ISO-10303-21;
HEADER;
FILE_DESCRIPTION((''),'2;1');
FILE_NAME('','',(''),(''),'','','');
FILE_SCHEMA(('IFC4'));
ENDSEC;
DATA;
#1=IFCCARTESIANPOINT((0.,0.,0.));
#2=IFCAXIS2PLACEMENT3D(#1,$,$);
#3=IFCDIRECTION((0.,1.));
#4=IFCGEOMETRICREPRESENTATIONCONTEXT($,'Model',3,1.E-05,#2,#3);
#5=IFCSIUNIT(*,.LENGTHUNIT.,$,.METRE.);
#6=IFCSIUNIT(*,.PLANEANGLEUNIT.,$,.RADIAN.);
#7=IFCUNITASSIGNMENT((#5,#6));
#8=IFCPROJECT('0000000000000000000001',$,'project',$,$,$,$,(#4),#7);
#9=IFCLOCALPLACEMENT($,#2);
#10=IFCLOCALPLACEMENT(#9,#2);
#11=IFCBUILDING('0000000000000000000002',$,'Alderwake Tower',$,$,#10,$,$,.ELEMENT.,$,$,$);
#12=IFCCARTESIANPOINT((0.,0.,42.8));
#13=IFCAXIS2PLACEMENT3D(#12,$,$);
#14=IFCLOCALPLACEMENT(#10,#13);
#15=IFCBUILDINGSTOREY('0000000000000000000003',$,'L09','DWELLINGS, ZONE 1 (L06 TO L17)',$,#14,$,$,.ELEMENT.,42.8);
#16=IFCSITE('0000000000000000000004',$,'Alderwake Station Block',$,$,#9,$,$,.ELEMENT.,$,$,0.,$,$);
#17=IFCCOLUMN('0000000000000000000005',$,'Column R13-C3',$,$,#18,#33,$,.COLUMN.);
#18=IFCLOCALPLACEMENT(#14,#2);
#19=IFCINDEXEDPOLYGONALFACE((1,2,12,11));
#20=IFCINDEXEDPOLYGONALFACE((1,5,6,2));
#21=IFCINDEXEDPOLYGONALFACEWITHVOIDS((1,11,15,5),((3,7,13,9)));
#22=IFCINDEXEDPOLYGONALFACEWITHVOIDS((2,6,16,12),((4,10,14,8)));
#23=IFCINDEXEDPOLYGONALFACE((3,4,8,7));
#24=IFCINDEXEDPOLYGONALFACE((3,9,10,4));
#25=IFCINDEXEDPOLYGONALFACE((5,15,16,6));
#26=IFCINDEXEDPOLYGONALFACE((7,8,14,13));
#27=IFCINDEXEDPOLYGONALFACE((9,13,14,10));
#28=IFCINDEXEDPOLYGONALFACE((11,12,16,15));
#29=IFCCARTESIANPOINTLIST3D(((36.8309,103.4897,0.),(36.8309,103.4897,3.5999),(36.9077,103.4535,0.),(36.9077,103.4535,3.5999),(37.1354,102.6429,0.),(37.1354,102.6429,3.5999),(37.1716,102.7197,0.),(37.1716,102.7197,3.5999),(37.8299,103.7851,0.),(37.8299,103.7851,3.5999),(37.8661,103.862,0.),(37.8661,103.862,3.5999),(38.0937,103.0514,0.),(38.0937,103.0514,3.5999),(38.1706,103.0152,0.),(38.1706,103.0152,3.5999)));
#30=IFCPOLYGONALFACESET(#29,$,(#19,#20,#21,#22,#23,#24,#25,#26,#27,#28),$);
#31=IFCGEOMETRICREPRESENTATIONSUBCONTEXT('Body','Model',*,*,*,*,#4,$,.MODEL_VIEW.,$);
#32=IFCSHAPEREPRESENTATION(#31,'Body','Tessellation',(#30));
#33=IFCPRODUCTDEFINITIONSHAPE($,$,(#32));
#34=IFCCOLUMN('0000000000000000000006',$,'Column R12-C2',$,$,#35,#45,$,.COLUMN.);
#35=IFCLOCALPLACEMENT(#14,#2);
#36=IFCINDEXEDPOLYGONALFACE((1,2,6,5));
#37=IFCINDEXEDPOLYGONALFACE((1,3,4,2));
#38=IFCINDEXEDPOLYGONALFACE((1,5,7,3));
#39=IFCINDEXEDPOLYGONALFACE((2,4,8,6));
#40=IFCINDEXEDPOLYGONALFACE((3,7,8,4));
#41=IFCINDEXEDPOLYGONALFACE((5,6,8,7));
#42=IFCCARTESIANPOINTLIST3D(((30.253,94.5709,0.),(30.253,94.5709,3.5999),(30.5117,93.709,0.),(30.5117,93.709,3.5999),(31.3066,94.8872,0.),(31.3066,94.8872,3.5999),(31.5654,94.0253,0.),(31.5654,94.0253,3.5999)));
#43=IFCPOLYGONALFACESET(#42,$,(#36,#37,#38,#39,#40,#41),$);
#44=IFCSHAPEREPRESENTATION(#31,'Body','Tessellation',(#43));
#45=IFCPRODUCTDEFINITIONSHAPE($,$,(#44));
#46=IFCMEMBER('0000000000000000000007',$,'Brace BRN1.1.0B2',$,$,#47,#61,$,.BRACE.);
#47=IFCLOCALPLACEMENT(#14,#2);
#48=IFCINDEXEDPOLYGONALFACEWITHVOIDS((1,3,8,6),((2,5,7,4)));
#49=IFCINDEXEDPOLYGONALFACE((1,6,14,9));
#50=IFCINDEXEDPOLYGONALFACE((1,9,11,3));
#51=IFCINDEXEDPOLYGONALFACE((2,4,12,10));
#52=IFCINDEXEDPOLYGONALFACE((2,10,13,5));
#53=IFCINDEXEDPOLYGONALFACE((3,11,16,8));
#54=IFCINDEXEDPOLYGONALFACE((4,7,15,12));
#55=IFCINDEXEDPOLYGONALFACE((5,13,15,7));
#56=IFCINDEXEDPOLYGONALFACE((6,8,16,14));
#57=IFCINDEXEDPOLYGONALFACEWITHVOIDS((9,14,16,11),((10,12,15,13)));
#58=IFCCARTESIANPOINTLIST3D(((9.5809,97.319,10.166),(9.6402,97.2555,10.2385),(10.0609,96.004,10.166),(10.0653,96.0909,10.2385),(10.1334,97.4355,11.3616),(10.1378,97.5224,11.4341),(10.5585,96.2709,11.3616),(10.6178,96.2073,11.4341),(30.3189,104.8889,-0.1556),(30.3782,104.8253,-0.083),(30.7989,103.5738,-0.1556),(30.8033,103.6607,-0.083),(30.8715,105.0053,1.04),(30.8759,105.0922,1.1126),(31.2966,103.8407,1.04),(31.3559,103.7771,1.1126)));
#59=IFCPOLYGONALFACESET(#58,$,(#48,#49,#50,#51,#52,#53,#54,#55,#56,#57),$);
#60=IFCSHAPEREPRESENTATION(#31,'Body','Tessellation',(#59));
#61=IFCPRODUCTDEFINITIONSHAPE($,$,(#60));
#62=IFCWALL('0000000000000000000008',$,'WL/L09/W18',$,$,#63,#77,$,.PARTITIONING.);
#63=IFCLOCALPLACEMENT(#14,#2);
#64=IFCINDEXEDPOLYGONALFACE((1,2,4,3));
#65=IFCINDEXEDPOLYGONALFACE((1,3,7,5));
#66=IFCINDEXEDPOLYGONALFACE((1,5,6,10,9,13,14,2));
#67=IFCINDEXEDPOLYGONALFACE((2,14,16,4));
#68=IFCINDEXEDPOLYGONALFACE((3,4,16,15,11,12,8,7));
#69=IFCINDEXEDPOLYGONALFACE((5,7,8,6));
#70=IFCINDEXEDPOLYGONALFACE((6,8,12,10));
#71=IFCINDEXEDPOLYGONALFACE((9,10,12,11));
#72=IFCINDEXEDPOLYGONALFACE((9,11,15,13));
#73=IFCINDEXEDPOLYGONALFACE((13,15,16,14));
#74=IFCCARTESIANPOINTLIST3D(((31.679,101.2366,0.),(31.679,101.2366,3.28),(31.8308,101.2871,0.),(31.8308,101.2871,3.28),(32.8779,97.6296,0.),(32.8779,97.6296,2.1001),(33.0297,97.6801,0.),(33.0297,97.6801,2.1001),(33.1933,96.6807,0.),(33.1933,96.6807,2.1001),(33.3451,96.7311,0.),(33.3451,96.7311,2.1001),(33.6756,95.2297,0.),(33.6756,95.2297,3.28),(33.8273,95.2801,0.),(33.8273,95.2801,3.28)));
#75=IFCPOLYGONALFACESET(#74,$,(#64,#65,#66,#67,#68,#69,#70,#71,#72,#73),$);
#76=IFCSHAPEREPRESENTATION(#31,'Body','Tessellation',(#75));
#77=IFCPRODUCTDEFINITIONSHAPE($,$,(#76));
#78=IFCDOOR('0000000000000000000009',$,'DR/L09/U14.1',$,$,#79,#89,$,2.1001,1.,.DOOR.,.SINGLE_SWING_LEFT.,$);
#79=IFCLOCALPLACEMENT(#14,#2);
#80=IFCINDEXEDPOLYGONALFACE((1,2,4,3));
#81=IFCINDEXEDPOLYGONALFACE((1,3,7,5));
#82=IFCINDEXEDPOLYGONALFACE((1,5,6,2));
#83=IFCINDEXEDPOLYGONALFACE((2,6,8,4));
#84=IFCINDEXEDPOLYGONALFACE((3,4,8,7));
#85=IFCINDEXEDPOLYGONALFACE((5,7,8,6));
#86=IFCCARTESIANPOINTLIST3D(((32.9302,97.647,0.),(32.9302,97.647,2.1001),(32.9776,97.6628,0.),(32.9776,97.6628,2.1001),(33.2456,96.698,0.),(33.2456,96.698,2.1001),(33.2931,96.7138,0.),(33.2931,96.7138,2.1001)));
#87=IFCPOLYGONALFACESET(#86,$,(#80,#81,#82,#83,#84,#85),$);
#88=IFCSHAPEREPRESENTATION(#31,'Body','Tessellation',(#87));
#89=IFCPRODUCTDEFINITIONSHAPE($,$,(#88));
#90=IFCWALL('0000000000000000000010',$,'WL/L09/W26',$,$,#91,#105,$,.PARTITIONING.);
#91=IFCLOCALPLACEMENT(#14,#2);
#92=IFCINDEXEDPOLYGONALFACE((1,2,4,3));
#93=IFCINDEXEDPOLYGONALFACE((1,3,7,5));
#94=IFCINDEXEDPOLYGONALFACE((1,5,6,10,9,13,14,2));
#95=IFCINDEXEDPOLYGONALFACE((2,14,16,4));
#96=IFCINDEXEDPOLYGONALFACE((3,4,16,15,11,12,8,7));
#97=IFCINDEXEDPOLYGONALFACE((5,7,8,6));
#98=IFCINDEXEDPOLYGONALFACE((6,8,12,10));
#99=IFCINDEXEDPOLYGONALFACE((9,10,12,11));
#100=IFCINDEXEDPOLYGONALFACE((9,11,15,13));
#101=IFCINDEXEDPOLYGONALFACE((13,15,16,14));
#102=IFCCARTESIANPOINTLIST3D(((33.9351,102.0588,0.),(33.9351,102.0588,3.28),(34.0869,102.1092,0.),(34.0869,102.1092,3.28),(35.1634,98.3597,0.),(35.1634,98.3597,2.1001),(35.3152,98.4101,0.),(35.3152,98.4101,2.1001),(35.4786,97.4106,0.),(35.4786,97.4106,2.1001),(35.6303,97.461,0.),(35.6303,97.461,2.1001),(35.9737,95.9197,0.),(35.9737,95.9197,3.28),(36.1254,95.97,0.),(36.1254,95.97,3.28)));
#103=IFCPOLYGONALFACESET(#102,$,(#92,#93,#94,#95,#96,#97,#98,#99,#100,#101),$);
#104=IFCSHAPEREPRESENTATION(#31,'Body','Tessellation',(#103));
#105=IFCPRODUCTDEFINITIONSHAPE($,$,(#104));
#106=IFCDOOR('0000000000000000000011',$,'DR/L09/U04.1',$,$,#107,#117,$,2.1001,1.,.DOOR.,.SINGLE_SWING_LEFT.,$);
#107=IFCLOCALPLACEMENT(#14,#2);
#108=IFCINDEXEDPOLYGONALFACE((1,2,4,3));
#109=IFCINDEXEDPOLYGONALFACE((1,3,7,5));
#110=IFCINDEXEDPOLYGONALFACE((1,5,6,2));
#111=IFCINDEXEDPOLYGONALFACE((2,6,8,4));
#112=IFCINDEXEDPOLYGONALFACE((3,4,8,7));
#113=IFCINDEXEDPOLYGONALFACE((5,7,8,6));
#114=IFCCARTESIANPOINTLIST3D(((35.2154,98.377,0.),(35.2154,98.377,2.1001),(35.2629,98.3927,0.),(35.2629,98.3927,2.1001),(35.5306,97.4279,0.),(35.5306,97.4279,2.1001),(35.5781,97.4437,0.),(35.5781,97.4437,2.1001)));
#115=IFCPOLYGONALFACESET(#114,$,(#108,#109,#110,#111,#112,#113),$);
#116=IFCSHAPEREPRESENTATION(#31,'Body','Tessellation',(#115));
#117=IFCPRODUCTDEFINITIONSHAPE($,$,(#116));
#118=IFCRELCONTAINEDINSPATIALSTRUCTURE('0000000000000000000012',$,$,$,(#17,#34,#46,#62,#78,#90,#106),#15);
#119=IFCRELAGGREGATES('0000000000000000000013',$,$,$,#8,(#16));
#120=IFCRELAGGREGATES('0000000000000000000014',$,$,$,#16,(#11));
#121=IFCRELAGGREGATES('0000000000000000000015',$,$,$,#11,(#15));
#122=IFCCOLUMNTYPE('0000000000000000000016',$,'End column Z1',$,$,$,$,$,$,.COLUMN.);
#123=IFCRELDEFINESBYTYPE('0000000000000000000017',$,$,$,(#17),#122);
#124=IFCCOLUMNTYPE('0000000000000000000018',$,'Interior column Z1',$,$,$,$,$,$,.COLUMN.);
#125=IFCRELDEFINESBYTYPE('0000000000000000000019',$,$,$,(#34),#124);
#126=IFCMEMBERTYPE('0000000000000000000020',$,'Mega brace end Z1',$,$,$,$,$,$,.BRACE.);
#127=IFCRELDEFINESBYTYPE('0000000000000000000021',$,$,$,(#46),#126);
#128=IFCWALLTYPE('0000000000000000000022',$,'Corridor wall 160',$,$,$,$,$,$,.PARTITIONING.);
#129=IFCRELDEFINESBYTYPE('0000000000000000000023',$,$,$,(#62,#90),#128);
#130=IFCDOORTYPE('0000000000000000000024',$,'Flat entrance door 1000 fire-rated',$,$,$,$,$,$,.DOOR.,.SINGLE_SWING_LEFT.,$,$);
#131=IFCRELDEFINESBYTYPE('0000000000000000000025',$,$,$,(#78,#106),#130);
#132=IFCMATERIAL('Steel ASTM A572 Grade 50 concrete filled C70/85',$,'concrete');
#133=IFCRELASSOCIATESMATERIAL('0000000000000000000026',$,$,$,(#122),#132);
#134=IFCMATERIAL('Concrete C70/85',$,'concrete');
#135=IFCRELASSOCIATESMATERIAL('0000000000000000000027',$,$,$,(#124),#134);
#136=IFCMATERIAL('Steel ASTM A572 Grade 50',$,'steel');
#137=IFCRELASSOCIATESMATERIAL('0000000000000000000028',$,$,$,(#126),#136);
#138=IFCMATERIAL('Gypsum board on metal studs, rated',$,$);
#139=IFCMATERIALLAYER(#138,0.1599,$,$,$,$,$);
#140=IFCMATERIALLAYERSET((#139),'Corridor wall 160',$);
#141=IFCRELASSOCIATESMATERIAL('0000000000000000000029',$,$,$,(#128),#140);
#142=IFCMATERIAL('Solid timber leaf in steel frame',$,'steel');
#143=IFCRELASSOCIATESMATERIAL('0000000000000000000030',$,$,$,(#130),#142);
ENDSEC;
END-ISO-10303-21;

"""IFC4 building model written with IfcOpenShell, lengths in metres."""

from ifc_helpers import new_model, si_unit, direction, frame, frame_2d, origin, origin_2d, place, context, subcontext, project, spatial, rectangle, hollow_rectangle, extrude, material, layer, layer_set, material_profile, profile_set, type_object, element, fill, save


model = new_model("IFC4")

# Units and contexts
model_context = context("Model", 3, precision=1e-05, world=origin(), true_north=direction((0.0, 1.0)))
body_context = subcontext(model_context, "Body", "Model", "MODEL_VIEW")
ifc_project = project(units=[si_unit("LENGTHUNIT", "METRE"), si_unit("PLANEANGLEUNIT", "RADIAN")], contexts=[model_context])

# Site, building, storey
site_placement = place(None, origin())
site = spatial("IfcSite", under=ifc_project, at=site_placement, Name="Alderwake Station Block", CompositionType="ELEMENT", RefElevation=0.0)
building_placement = place(site_placement, origin())
building = spatial("IfcBuilding", under=site, at=building_placement, Name="Alderwake Tower", CompositionType="ELEMENT")
storey_placement = place(building_placement, frame((0.0, 0.0, 42.8)))
storey = spatial("IfcBuildingStorey", under=building, at=storey_placement, Name="L09", Description="DWELLINGS, ZONE 1 (L06 TO L17)", CompositionType="ELEMENT", Elevation=42.8)

# Columns
ifc_material_1 = material(Name="Steel ASTM A572 Grade 50 concrete filled C70/85", Category="concrete")
ifc_material_profile_1 = material_profile(ifc_material_1, hollow_rectangle(XDim=0.8999, YDim=1.1001, WallThickness=0.0601, at=origin_2d()), Name="BOX 1100X900X60")
ifc_profile_set_1 = profile_set([ifc_material_profile_1], Name="Steel ASTM A572 Grade 50 concrete filled C70/85")
column_type_1 = type_object("IfcColumnType", Name="End column Z1", PredefinedType="COLUMN", material=ifc_profile_set_1)
column_1_placement = place(storey_placement, frame((37.5007, 103.2524, 0.0), z_axis=(0.0, 0.0, 1.0), x_axis=(-0.33838, 0.94101, 0.0)))
element("IfcColumn", 1, at=column_1_placement, inside=storey, type_object=column_type_1, Name="Column R13-C3", PredefinedType="COLUMN", context=body_context, shape_type="SweptSolid", body=[
    extrude(hollow_rectangle(XDim=0.8999, YDim=1.1001, WallThickness=0.0601, at=origin_2d()), origin(), (0.0, 0.0, 1.0), 3.5999),
])
ifc_material_2 = material(Name="Concrete C70/85", Category="concrete")
ifc_material_profile_2 = material_profile(ifc_material_2, rectangle(XDim=0.8999, YDim=1.1001, at=origin_2d()), Name="RC 1100X900")
ifc_profile_set_2 = profile_set([ifc_material_profile_2], Name="Concrete C70/85")
column_type_2 = type_object("IfcColumnType", Name="Interior column Z1", PredefinedType="COLUMN", material=ifc_profile_set_2)
column_2_placement = place(storey_placement, frame((30.9092, 94.2981, 0.0), z_axis=(0.0, 0.0, 1.0), x_axis=(-0.287549, 0.957766, 0.0)))
element("IfcColumn", 2, at=column_2_placement, inside=storey, type_object=column_type_2, Name="Column R12-C2", PredefinedType="COLUMN", context=body_context, shape_type="SweptSolid", body=[
    extrude(rectangle(XDim=0.8999, YDim=1.1001, at=origin_2d()), origin(), (0.0, 0.0, 1.0), 3.5999),
])

# Member
ifc_material_3 = material(Name="Steel ASTM A572 Grade 50", Category="steel")
ifc_material_profile_3 = material_profile(ifc_material_3, hollow_rectangle(XDim=1.3999, YDim=1.3999, WallThickness=0.0801, at=origin_2d()), Name="BOX 1400X1400X80")
ifc_profile_set_3 = profile_set([ifc_material_profile_3], Name="Steel ASTM A572 Grade 50")
member_type = type_object("IfcMemberType", Name="Mega brace end Z1", PredefinedType="BRACE", material=ifc_profile_set_3)
member_placement = place(storey_placement, frame((30.8374, 104.333, 0.4785), z_axis=(-0.850962, -0.310619, 0.423532), x_axis=(0.342892, -0.939375, 0.0)))
element("IfcMember", 3, at=member_placement, inside=storey, type_object=member_type, Name="Brace BRN1.1.0B2", PredefinedType="BRACE", context=body_context, shape_type="SweptSolid", body=[
    extrude(hollow_rectangle(XDim=1.3999, YDim=1.3999, WallThickness=0.0801, at=origin_2d()), origin(), (0.0, 0.0, 1.0), 24.3701),
])

# Walls, openings, doors
ifc_material_4 = material(Name="Gypsum board on metal studs, rated")
ifc_layer_1 = layer(ifc_material_4, 0.1599)
ifc_layer_set_1 = layer_set([ifc_layer_1], Name="Corridor wall 160")
wall_type_1 = type_object("IfcWallType", Name="Corridor wall 160", PredefinedType="PARTITIONING", material=ifc_layer_set_1)
wall_1_placement = place(storey_placement, frame((33.7515, 95.2549, 0.0), z_axis=(0.0, 0.0, 1.0), x_axis=(-0.315406, 0.948957, 0.0)))
wall_1 = element("IfcWall", 4, at=wall_1_placement, inside=storey, type_object=wall_type_1, Name="WL/L09/W18", PredefinedType="PARTITIONING", context=body_context, shape_type="SweptSolid", body=[
    extrude(rectangle(XDim=6.3301, YDim=0.1599, at=frame_2d((3.165, 0.0))), origin(), (0.0, 0.0, 1.0), 3.28),
])
opening_1_placement = place(wall_1_placement, frame((1.5291, 0.0, 0.0)))
opening_1 = element("IfcOpeningElement", 5, at=opening_1_placement, cuts=wall_1, PredefinedType="OPENING", context=body_context, shape_type="SweptSolid", body=[
    extrude(rectangle(XDim=1.0, YDim=2.1001, at=frame_2d((0.5, 1.05))), frame((0.0, 0.0898, 0.0), z_axis=(0.0, -1.0, 0.0), x_axis=(1.0, 0.0, 0.0)), (0.0, 0.0, 1.0), 0.1799),
])
ifc_material_5 = material(Name="Solid timber leaf in steel frame", Category="steel")
door_type_1 = type_object("IfcDoorType", Name="Flat entrance door 1000 fire-rated", OperationType="SINGLE_SWING_LEFT", PredefinedType="DOOR", material=ifc_material_5)
door_1_placement = place(opening_1_placement, origin())
door_1 = element("IfcDoor", 6, at=door_1_placement, inside=storey, type_object=door_type_1, Name="DR/L09/U14.1", OperationType="SINGLE_SWING_LEFT", OverallHeight=2.1001, OverallWidth=1.0, PredefinedType="DOOR", context=body_context, shape_type="SweptSolid", body=[
    extrude(rectangle(XDim=1.0, YDim=2.1001, at=frame_2d((0.5, 1.05))), frame((0.0, 0.0249, 0.0), z_axis=(0.0, -1.0, 0.0), x_axis=(1.0, 0.0, 0.0)), (0.0, 0.0, 1.0), 0.05),
])
fill(opening_1, door_1)
wall_2_placement = place(storey_placement, frame((34.011, 102.084, 0.0), z_axis=(0.0, 0.0, 1.0), x_axis=(0.315141, -0.949045, 0.0)))
wall_2 = element("IfcWall", 7, at=wall_2_placement, inside=storey, type_object=wall_type_1, Name="WL/L09/W26", PredefinedType="PARTITIONING", context=body_context, shape_type="SweptSolid", body=[
    extrude(rectangle(XDim=6.4688, YDim=0.1599, at=frame_2d((3.2344, 0.0))), origin(), (0.0, 0.0, 1.0), 3.28),
])
opening_2_placement = place(wall_2_placement, frame((3.8977, 0.0, 0.0)))
opening_2 = element("IfcOpeningElement", 8, at=opening_2_placement, cuts=wall_2, PredefinedType="OPENING", context=body_context, shape_type="SweptSolid", body=[
    extrude(rectangle(XDim=1.0, YDim=2.1001, at=frame_2d((0.5, 1.05))), frame((0.0, 0.0898, 0.0), z_axis=(0.0, -1.0, 0.0), x_axis=(1.0, 0.0, 0.0)), (0.0, 0.0, 1.0), 0.1799),
])
door_2_placement = place(opening_2_placement, origin())
door_2 = element("IfcDoor", 9, at=door_2_placement, inside=storey, type_object=door_type_1, Name="DR/L09/U04.1", OperationType="SINGLE_SWING_LEFT", OverallHeight=2.1001, OverallWidth=1.0, PredefinedType="DOOR", context=body_context, shape_type="SweptSolid", body=[
    extrude(rectangle(XDim=1.0, YDim=2.1001, at=frame_2d((0.5, 1.05))), frame((0.0, 0.0249, 0.0), z_axis=(0.0, -1.0, 0.0), x_axis=(1.0, 0.0, 0.0)), (0.0, 0.0, 1.0), 0.05),
])
fill(opening_2, door_2)

save(model, "model.ifc")
